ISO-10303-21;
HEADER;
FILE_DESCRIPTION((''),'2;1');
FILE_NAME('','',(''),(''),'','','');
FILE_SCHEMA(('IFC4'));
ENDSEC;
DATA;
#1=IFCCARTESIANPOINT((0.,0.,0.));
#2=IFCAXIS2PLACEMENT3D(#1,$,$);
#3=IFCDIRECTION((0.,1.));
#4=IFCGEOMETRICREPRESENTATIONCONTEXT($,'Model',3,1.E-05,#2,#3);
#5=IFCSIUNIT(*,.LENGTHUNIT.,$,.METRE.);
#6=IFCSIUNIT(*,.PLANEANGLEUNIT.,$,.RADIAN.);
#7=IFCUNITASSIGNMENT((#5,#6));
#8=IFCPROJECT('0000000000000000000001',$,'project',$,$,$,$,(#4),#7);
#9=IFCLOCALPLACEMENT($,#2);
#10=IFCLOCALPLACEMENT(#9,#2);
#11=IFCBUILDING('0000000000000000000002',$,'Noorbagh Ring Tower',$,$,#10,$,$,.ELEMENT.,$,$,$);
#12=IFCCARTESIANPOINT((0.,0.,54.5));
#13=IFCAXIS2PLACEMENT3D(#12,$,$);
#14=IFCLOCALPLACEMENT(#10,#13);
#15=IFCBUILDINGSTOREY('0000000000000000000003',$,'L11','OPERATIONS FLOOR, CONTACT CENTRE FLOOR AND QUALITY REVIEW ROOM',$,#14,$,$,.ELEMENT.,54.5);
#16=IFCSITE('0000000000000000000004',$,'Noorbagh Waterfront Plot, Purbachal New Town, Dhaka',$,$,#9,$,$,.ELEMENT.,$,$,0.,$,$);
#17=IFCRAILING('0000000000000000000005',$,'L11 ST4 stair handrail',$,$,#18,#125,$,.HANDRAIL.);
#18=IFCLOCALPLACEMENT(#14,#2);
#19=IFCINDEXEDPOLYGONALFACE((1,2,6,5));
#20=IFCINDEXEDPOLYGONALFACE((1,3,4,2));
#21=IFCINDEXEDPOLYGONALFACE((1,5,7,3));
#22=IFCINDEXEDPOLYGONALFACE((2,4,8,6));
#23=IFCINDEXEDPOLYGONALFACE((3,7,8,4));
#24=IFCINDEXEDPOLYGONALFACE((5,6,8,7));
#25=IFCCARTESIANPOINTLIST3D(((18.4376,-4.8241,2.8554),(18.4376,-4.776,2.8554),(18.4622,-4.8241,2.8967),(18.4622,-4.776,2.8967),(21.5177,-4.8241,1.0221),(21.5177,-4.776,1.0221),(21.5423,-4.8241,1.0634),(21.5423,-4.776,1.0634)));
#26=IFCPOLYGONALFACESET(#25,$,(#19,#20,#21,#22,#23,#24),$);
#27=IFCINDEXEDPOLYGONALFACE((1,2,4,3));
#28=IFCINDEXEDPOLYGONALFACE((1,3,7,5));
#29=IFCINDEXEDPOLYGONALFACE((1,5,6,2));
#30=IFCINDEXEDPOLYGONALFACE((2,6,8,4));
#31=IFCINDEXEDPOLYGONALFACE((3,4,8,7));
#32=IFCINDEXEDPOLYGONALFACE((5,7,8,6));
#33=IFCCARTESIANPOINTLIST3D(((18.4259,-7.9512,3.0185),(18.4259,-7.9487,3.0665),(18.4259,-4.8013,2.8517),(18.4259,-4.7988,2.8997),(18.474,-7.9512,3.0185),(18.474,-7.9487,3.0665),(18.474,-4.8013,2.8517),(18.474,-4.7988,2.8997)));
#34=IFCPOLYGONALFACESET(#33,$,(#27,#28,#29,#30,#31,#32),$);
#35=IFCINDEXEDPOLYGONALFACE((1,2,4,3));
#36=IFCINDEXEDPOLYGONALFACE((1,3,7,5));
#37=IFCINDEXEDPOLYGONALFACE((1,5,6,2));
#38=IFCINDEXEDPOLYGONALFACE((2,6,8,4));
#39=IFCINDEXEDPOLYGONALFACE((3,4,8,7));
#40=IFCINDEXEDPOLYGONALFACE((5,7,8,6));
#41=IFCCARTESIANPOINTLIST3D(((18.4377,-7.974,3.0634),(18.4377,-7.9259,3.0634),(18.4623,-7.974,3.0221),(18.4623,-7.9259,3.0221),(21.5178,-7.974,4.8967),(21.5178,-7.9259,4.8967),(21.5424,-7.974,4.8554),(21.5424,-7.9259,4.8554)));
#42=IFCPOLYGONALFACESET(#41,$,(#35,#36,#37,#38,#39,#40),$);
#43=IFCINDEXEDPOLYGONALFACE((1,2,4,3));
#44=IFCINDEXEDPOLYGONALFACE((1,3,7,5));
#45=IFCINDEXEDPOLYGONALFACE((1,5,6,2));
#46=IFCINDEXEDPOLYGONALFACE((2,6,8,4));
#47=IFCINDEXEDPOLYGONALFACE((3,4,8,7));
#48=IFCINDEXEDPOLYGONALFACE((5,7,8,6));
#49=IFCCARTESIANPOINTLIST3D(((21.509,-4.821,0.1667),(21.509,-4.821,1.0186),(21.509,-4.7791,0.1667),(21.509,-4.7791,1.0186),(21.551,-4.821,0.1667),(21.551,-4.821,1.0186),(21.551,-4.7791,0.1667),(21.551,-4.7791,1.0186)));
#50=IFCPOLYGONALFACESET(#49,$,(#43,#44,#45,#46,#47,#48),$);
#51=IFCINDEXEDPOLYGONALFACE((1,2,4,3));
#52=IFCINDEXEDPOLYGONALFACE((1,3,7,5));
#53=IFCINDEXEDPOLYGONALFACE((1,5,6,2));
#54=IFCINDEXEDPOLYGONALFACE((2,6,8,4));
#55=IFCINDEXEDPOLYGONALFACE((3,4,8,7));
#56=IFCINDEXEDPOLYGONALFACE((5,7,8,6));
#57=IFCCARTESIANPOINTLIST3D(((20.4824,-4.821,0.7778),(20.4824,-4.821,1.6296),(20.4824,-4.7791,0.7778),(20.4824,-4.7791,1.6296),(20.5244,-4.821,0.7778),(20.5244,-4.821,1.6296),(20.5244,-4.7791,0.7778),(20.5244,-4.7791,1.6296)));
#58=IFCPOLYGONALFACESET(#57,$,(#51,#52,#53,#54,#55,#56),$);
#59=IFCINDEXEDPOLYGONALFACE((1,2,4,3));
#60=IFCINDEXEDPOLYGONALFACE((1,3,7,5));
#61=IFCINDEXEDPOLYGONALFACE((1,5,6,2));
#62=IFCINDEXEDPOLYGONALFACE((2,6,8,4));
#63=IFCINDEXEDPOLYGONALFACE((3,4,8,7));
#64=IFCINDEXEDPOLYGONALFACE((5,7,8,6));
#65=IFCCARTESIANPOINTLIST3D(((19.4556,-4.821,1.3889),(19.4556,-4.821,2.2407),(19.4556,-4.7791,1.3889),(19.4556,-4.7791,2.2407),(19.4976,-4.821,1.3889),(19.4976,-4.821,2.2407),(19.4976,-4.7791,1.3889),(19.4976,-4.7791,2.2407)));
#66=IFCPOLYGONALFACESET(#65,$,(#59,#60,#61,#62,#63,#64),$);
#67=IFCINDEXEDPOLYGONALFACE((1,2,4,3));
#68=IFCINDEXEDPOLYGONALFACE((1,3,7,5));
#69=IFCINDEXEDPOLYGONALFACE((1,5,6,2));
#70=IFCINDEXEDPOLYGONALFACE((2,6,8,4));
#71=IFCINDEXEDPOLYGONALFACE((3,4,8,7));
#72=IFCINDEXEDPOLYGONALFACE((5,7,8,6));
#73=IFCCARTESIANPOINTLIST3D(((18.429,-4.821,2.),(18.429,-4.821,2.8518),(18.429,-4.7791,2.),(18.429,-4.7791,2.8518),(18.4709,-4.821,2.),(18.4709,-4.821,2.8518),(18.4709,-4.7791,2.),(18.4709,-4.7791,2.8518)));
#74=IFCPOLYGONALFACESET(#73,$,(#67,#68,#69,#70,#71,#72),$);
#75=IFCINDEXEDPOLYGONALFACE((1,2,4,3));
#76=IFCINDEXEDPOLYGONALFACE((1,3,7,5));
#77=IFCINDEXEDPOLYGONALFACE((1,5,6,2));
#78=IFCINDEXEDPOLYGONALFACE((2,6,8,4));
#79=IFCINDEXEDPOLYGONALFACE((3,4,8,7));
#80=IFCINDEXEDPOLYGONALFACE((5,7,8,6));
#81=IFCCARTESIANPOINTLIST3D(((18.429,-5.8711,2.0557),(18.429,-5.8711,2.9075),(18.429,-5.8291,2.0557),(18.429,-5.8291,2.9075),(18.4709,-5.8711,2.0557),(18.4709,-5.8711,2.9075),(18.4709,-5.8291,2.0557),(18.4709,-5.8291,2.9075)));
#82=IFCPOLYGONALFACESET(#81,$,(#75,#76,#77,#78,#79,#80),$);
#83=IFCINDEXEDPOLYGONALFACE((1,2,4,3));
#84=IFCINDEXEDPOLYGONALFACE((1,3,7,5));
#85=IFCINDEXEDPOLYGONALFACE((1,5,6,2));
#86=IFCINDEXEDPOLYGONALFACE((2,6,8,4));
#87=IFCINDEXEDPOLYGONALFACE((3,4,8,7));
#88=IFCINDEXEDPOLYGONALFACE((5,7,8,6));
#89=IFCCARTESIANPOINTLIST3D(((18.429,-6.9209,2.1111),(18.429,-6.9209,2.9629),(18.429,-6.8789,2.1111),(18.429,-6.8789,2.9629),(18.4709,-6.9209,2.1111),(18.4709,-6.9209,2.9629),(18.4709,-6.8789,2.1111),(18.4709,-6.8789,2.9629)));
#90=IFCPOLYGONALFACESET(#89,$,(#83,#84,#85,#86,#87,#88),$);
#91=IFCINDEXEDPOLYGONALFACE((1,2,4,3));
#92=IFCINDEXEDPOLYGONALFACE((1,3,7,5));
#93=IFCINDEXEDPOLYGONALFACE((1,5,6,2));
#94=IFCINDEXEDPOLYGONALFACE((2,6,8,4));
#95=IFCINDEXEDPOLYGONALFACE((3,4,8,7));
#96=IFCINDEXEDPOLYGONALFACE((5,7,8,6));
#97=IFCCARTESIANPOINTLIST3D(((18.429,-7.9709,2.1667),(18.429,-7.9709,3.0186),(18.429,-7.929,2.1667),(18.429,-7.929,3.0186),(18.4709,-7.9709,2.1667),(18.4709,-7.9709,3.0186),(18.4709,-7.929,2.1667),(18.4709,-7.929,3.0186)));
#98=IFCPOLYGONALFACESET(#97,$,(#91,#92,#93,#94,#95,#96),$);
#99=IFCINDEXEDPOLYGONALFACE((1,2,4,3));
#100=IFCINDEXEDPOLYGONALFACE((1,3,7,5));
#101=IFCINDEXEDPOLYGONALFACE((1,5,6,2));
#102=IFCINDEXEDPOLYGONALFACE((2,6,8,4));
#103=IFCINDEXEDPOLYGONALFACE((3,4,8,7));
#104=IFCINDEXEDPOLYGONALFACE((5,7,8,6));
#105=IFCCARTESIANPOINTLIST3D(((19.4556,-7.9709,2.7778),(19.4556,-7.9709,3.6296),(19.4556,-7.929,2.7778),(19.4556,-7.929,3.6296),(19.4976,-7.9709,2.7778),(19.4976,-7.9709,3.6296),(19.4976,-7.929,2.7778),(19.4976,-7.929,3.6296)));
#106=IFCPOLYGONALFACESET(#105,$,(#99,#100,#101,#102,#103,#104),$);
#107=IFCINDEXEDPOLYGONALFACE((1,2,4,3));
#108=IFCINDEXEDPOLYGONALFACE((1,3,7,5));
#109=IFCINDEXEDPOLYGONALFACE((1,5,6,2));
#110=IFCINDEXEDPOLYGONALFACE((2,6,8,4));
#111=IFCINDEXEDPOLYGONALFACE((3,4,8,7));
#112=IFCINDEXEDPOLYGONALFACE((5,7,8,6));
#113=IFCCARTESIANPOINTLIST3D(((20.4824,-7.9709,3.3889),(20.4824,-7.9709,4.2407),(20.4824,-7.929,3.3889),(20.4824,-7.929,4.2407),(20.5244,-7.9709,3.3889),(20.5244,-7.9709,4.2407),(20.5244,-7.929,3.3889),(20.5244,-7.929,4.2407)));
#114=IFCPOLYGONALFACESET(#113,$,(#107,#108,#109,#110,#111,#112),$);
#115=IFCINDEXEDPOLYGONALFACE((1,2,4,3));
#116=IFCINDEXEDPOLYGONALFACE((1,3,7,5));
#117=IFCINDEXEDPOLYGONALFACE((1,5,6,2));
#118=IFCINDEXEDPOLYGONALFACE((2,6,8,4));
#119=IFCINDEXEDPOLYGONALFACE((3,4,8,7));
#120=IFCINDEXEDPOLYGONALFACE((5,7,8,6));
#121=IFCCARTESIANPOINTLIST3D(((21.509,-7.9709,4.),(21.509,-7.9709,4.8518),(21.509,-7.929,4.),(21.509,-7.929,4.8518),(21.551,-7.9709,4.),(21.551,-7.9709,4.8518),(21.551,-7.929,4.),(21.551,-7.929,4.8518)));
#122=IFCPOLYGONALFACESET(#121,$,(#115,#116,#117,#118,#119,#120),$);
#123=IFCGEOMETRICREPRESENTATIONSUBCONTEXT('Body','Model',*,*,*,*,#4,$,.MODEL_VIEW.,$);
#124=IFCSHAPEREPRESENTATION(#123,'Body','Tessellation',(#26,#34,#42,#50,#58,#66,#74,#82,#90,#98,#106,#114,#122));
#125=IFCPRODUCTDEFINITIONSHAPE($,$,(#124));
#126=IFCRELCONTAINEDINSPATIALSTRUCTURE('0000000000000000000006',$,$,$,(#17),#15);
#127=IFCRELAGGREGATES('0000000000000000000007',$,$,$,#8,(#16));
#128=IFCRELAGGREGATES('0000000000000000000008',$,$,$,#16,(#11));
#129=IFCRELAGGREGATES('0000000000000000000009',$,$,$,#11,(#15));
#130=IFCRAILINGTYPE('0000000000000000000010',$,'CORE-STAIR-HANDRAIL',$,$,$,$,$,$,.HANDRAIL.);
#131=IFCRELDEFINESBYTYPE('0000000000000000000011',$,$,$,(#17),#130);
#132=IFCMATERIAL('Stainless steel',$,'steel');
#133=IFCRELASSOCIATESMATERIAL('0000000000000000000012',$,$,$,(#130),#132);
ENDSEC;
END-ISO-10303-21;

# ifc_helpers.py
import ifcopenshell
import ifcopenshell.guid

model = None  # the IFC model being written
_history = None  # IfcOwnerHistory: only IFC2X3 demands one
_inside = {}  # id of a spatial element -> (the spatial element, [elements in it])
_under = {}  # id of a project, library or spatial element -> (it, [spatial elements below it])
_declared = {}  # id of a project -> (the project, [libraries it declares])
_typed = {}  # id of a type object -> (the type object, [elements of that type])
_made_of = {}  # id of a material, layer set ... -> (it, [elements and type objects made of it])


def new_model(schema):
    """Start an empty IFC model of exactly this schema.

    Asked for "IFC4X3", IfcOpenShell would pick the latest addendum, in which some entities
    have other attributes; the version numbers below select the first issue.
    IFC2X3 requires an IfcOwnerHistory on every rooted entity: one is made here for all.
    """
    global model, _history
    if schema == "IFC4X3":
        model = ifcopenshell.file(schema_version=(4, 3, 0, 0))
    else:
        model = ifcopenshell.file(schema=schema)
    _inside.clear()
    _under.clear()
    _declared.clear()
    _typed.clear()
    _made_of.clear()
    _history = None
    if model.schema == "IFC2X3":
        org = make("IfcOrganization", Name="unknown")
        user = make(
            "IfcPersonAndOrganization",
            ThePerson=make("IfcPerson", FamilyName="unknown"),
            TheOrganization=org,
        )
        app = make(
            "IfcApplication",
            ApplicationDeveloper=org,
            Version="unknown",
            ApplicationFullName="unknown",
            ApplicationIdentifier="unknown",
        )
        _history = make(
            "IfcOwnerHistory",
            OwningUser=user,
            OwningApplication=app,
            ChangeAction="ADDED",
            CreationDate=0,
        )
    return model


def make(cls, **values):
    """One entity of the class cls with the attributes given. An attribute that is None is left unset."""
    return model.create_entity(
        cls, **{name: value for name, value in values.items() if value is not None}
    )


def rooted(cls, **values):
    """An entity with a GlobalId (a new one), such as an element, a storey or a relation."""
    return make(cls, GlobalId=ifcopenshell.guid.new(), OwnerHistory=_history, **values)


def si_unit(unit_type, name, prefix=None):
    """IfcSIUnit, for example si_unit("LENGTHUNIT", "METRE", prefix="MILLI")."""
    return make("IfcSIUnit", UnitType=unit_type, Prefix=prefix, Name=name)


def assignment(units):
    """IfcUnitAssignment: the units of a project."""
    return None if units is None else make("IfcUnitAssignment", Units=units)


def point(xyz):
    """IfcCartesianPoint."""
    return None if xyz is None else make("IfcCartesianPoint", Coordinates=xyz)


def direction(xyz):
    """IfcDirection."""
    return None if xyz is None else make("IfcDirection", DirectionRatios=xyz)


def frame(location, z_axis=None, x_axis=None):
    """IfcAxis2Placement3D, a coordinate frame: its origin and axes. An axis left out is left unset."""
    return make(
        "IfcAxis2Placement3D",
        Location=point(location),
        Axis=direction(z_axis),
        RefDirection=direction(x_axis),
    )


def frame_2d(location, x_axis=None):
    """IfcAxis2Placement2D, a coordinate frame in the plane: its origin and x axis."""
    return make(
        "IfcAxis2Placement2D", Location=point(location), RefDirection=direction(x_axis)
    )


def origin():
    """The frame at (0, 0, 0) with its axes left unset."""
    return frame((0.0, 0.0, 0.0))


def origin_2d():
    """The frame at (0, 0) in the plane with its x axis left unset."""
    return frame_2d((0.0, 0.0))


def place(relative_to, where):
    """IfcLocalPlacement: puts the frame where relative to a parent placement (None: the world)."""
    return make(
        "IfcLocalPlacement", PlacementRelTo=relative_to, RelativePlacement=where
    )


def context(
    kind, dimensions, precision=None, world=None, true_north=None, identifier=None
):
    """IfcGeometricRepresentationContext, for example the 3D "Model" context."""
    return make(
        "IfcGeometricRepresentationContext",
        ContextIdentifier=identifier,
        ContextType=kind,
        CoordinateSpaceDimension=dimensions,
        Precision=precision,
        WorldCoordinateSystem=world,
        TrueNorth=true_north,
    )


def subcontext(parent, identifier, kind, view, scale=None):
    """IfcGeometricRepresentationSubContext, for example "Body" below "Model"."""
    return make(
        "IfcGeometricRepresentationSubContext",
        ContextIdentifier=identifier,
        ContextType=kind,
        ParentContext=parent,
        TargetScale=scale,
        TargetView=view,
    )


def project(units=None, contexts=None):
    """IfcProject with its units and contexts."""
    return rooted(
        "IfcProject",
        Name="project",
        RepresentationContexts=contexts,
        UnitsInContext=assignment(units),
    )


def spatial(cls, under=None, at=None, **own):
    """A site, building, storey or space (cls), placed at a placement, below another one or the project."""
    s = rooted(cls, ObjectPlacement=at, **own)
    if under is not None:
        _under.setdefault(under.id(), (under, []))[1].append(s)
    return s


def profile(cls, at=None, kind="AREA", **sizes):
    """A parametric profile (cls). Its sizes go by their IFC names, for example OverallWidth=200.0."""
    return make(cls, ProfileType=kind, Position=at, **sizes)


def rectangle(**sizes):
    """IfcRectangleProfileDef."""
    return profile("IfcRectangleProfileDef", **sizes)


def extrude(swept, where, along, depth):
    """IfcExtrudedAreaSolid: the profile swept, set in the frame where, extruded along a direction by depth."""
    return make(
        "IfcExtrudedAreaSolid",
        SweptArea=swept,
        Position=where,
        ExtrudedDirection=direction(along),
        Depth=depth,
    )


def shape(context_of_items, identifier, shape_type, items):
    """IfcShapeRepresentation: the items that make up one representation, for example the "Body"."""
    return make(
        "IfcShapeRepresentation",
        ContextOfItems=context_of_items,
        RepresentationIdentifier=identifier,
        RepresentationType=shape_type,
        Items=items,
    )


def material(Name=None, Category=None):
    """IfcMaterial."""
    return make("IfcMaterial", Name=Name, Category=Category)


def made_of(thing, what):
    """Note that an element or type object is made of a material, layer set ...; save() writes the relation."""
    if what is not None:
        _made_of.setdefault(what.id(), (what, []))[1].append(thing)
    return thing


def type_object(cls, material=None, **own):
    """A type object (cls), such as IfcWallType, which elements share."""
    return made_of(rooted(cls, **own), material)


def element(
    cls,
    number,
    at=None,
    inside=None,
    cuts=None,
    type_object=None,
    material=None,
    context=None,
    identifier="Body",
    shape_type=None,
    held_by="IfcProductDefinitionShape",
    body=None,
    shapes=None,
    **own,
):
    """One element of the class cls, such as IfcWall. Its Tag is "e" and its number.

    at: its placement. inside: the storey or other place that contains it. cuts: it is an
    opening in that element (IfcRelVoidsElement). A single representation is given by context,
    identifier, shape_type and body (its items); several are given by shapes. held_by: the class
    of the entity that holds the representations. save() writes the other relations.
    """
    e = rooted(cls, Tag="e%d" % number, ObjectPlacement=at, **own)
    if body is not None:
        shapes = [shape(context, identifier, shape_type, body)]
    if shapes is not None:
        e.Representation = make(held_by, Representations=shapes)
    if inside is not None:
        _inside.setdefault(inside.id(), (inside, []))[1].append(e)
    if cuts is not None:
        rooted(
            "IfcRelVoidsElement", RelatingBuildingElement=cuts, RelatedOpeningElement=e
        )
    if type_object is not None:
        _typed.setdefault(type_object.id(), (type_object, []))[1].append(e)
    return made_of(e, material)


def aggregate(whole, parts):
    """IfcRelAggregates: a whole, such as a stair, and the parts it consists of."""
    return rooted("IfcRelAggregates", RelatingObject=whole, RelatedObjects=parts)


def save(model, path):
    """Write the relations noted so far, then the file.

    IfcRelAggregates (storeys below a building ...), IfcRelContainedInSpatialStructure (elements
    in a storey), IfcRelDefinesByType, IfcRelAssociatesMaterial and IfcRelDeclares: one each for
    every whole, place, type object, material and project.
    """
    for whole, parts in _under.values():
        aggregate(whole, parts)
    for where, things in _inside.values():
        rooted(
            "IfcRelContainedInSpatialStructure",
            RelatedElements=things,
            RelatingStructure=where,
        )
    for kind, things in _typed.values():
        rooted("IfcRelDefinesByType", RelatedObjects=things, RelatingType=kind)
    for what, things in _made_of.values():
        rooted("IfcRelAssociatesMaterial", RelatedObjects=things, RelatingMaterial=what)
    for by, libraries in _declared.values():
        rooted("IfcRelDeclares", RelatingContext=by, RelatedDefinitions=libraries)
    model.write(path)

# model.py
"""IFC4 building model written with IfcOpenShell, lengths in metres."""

from ifc_helpers import new_model, si_unit, direction, frame, origin, origin_2d, place, context, subcontext, project, spatial, rectangle, extrude, material, type_object, element, save


model = new_model("IFC4")

# Units and contexts
model_context = context("Model", 3, precision=1e-05, world=origin(), true_north=direction((0.0, 1.0)))
body_context = subcontext(model_context, "Body", "Model", "MODEL_VIEW")
ifc_project = project(units=[si_unit("LENGTHUNIT", "METRE"), si_unit("PLANEANGLEUNIT", "RADIAN")], contexts=[model_context])

# Site, building, storey
site_placement = place(None, origin())
site = spatial("IfcSite", under=ifc_project, at=site_placement, Name="Noorbagh Waterfront Plot, Purbachal New Town, Dhaka", CompositionType="ELEMENT", RefElevation=0.0)
building_placement = place(site_placement, origin())
building = spatial("IfcBuilding", under=site, at=building_placement, Name="Noorbagh Ring Tower", CompositionType="ELEMENT")
storey_placement = place(building_placement, frame((0.0, 0.0, 54.5)))
storey = spatial("IfcBuildingStorey", under=building, at=storey_placement, Name="L11", Description="OPERATIONS FLOOR, CONTACT CENTRE FLOOR AND QUALITY REVIEW ROOM", CompositionType="ELEMENT", Elevation=54.5)

# Railing
ifc_material_1 = material(Name="Stainless steel", Category="steel")
railing_type_1 = type_object("IfcRailingType", Name="CORE-STAIR-HANDRAIL", PredefinedType="HANDRAIL", material=ifc_material_1)
railing_1_placement = place(storey_placement, frame((21.53, -4.8, 0.1667)))
element("IfcRailing", 1, at=railing_1_placement, inside=storey, type_object=railing_type_1, Name="L11 ST4 stair handrail", PredefinedType="HANDRAIL", context=body_context, shape_type="SweptSolid", body=[
    extrude(rectangle(XDim=0.0481, YDim=0.0481, at=origin_2d()), frame((0.0, 0.0, 0.876), z_axis=(-0.859309, 0.0, 0.511458), x_axis=(0.0, -1.0, 0.0)), (0.0, 0.0, 1.0), 3.5845),
    extrude(rectangle(XDim=0.0481, YDim=0.0481, at=origin_2d()), frame((-3.0801, 0.0, 2.709), z_axis=(0.0, -0.998602, 0.052864), x_axis=(1.0, 0.0, 0.0)), (0.0, 0.0, 1.0), 3.1543),
    extrude(rectangle(XDim=0.0481, YDim=0.0481, at=origin_2d()), frame((-3.0801, -3.1499, 2.876), z_axis=(0.859309, 0.0, 0.511458), x_axis=(0.0, 1.0, 0.0)), (0.0, 0.0, 1.0), 3.5845),
    extrude(rectangle(XDim=0.042, YDim=0.042, at=origin_2d()), origin(), (0.0, 0.0, 1.0), 0.8518),
    extrude(rectangle(XDim=0.042, YDim=0.042, at=origin_2d()), frame((-1.0266, 0.0, 0.6111)), (0.0, 0.0, 1.0), 0.8518),
    extrude(rectangle(XDim=0.042, YDim=0.042, at=origin_2d()), frame((-2.0535, 0.0, 1.2222)), (0.0, 0.0, 1.0), 0.8518),
    extrude(rectangle(XDim=0.042, YDim=0.042, at=origin_2d()), frame((-3.0801, 0.0, 1.8333)), (0.0, 0.0, 1.0), 0.8518),
    extrude(rectangle(XDim=0.042, YDim=0.042, at=origin_2d()), frame((-3.0801, -1.05, 1.8889)), (0.0, 0.0, 1.0), 0.8518),
    extrude(rectangle(XDim=0.042, YDim=0.042, at=origin_2d()), frame((-3.0801, -2.0999, 1.9443)), (0.0, 0.0, 1.0), 0.8518),
    extrude(rectangle(XDim=0.042, YDim=0.042, at=origin_2d()), frame((-3.0801, -3.1499, 2.0)), (0.0, 0.0, 1.0), 0.8518),
    extrude(rectangle(XDim=0.042, YDim=0.042, at=origin_2d()), frame((-2.0535, -3.1499, 2.6111)), (0.0, 0.0, 1.0), 0.8518),
    extrude(rectangle(XDim=0.042, YDim=0.042, at=origin_2d()), frame((-1.0266, -3.1499, 3.2222)), (0.0, 0.0, 1.0), 0.8518),
    extrude(rectangle(XDim=0.042, YDim=0.042, at=origin_2d()), frame((0.0, -3.1499, 3.8333)), (0.0, 0.0, 1.0), 0.8518),
])

save(model, "model.ifc")
